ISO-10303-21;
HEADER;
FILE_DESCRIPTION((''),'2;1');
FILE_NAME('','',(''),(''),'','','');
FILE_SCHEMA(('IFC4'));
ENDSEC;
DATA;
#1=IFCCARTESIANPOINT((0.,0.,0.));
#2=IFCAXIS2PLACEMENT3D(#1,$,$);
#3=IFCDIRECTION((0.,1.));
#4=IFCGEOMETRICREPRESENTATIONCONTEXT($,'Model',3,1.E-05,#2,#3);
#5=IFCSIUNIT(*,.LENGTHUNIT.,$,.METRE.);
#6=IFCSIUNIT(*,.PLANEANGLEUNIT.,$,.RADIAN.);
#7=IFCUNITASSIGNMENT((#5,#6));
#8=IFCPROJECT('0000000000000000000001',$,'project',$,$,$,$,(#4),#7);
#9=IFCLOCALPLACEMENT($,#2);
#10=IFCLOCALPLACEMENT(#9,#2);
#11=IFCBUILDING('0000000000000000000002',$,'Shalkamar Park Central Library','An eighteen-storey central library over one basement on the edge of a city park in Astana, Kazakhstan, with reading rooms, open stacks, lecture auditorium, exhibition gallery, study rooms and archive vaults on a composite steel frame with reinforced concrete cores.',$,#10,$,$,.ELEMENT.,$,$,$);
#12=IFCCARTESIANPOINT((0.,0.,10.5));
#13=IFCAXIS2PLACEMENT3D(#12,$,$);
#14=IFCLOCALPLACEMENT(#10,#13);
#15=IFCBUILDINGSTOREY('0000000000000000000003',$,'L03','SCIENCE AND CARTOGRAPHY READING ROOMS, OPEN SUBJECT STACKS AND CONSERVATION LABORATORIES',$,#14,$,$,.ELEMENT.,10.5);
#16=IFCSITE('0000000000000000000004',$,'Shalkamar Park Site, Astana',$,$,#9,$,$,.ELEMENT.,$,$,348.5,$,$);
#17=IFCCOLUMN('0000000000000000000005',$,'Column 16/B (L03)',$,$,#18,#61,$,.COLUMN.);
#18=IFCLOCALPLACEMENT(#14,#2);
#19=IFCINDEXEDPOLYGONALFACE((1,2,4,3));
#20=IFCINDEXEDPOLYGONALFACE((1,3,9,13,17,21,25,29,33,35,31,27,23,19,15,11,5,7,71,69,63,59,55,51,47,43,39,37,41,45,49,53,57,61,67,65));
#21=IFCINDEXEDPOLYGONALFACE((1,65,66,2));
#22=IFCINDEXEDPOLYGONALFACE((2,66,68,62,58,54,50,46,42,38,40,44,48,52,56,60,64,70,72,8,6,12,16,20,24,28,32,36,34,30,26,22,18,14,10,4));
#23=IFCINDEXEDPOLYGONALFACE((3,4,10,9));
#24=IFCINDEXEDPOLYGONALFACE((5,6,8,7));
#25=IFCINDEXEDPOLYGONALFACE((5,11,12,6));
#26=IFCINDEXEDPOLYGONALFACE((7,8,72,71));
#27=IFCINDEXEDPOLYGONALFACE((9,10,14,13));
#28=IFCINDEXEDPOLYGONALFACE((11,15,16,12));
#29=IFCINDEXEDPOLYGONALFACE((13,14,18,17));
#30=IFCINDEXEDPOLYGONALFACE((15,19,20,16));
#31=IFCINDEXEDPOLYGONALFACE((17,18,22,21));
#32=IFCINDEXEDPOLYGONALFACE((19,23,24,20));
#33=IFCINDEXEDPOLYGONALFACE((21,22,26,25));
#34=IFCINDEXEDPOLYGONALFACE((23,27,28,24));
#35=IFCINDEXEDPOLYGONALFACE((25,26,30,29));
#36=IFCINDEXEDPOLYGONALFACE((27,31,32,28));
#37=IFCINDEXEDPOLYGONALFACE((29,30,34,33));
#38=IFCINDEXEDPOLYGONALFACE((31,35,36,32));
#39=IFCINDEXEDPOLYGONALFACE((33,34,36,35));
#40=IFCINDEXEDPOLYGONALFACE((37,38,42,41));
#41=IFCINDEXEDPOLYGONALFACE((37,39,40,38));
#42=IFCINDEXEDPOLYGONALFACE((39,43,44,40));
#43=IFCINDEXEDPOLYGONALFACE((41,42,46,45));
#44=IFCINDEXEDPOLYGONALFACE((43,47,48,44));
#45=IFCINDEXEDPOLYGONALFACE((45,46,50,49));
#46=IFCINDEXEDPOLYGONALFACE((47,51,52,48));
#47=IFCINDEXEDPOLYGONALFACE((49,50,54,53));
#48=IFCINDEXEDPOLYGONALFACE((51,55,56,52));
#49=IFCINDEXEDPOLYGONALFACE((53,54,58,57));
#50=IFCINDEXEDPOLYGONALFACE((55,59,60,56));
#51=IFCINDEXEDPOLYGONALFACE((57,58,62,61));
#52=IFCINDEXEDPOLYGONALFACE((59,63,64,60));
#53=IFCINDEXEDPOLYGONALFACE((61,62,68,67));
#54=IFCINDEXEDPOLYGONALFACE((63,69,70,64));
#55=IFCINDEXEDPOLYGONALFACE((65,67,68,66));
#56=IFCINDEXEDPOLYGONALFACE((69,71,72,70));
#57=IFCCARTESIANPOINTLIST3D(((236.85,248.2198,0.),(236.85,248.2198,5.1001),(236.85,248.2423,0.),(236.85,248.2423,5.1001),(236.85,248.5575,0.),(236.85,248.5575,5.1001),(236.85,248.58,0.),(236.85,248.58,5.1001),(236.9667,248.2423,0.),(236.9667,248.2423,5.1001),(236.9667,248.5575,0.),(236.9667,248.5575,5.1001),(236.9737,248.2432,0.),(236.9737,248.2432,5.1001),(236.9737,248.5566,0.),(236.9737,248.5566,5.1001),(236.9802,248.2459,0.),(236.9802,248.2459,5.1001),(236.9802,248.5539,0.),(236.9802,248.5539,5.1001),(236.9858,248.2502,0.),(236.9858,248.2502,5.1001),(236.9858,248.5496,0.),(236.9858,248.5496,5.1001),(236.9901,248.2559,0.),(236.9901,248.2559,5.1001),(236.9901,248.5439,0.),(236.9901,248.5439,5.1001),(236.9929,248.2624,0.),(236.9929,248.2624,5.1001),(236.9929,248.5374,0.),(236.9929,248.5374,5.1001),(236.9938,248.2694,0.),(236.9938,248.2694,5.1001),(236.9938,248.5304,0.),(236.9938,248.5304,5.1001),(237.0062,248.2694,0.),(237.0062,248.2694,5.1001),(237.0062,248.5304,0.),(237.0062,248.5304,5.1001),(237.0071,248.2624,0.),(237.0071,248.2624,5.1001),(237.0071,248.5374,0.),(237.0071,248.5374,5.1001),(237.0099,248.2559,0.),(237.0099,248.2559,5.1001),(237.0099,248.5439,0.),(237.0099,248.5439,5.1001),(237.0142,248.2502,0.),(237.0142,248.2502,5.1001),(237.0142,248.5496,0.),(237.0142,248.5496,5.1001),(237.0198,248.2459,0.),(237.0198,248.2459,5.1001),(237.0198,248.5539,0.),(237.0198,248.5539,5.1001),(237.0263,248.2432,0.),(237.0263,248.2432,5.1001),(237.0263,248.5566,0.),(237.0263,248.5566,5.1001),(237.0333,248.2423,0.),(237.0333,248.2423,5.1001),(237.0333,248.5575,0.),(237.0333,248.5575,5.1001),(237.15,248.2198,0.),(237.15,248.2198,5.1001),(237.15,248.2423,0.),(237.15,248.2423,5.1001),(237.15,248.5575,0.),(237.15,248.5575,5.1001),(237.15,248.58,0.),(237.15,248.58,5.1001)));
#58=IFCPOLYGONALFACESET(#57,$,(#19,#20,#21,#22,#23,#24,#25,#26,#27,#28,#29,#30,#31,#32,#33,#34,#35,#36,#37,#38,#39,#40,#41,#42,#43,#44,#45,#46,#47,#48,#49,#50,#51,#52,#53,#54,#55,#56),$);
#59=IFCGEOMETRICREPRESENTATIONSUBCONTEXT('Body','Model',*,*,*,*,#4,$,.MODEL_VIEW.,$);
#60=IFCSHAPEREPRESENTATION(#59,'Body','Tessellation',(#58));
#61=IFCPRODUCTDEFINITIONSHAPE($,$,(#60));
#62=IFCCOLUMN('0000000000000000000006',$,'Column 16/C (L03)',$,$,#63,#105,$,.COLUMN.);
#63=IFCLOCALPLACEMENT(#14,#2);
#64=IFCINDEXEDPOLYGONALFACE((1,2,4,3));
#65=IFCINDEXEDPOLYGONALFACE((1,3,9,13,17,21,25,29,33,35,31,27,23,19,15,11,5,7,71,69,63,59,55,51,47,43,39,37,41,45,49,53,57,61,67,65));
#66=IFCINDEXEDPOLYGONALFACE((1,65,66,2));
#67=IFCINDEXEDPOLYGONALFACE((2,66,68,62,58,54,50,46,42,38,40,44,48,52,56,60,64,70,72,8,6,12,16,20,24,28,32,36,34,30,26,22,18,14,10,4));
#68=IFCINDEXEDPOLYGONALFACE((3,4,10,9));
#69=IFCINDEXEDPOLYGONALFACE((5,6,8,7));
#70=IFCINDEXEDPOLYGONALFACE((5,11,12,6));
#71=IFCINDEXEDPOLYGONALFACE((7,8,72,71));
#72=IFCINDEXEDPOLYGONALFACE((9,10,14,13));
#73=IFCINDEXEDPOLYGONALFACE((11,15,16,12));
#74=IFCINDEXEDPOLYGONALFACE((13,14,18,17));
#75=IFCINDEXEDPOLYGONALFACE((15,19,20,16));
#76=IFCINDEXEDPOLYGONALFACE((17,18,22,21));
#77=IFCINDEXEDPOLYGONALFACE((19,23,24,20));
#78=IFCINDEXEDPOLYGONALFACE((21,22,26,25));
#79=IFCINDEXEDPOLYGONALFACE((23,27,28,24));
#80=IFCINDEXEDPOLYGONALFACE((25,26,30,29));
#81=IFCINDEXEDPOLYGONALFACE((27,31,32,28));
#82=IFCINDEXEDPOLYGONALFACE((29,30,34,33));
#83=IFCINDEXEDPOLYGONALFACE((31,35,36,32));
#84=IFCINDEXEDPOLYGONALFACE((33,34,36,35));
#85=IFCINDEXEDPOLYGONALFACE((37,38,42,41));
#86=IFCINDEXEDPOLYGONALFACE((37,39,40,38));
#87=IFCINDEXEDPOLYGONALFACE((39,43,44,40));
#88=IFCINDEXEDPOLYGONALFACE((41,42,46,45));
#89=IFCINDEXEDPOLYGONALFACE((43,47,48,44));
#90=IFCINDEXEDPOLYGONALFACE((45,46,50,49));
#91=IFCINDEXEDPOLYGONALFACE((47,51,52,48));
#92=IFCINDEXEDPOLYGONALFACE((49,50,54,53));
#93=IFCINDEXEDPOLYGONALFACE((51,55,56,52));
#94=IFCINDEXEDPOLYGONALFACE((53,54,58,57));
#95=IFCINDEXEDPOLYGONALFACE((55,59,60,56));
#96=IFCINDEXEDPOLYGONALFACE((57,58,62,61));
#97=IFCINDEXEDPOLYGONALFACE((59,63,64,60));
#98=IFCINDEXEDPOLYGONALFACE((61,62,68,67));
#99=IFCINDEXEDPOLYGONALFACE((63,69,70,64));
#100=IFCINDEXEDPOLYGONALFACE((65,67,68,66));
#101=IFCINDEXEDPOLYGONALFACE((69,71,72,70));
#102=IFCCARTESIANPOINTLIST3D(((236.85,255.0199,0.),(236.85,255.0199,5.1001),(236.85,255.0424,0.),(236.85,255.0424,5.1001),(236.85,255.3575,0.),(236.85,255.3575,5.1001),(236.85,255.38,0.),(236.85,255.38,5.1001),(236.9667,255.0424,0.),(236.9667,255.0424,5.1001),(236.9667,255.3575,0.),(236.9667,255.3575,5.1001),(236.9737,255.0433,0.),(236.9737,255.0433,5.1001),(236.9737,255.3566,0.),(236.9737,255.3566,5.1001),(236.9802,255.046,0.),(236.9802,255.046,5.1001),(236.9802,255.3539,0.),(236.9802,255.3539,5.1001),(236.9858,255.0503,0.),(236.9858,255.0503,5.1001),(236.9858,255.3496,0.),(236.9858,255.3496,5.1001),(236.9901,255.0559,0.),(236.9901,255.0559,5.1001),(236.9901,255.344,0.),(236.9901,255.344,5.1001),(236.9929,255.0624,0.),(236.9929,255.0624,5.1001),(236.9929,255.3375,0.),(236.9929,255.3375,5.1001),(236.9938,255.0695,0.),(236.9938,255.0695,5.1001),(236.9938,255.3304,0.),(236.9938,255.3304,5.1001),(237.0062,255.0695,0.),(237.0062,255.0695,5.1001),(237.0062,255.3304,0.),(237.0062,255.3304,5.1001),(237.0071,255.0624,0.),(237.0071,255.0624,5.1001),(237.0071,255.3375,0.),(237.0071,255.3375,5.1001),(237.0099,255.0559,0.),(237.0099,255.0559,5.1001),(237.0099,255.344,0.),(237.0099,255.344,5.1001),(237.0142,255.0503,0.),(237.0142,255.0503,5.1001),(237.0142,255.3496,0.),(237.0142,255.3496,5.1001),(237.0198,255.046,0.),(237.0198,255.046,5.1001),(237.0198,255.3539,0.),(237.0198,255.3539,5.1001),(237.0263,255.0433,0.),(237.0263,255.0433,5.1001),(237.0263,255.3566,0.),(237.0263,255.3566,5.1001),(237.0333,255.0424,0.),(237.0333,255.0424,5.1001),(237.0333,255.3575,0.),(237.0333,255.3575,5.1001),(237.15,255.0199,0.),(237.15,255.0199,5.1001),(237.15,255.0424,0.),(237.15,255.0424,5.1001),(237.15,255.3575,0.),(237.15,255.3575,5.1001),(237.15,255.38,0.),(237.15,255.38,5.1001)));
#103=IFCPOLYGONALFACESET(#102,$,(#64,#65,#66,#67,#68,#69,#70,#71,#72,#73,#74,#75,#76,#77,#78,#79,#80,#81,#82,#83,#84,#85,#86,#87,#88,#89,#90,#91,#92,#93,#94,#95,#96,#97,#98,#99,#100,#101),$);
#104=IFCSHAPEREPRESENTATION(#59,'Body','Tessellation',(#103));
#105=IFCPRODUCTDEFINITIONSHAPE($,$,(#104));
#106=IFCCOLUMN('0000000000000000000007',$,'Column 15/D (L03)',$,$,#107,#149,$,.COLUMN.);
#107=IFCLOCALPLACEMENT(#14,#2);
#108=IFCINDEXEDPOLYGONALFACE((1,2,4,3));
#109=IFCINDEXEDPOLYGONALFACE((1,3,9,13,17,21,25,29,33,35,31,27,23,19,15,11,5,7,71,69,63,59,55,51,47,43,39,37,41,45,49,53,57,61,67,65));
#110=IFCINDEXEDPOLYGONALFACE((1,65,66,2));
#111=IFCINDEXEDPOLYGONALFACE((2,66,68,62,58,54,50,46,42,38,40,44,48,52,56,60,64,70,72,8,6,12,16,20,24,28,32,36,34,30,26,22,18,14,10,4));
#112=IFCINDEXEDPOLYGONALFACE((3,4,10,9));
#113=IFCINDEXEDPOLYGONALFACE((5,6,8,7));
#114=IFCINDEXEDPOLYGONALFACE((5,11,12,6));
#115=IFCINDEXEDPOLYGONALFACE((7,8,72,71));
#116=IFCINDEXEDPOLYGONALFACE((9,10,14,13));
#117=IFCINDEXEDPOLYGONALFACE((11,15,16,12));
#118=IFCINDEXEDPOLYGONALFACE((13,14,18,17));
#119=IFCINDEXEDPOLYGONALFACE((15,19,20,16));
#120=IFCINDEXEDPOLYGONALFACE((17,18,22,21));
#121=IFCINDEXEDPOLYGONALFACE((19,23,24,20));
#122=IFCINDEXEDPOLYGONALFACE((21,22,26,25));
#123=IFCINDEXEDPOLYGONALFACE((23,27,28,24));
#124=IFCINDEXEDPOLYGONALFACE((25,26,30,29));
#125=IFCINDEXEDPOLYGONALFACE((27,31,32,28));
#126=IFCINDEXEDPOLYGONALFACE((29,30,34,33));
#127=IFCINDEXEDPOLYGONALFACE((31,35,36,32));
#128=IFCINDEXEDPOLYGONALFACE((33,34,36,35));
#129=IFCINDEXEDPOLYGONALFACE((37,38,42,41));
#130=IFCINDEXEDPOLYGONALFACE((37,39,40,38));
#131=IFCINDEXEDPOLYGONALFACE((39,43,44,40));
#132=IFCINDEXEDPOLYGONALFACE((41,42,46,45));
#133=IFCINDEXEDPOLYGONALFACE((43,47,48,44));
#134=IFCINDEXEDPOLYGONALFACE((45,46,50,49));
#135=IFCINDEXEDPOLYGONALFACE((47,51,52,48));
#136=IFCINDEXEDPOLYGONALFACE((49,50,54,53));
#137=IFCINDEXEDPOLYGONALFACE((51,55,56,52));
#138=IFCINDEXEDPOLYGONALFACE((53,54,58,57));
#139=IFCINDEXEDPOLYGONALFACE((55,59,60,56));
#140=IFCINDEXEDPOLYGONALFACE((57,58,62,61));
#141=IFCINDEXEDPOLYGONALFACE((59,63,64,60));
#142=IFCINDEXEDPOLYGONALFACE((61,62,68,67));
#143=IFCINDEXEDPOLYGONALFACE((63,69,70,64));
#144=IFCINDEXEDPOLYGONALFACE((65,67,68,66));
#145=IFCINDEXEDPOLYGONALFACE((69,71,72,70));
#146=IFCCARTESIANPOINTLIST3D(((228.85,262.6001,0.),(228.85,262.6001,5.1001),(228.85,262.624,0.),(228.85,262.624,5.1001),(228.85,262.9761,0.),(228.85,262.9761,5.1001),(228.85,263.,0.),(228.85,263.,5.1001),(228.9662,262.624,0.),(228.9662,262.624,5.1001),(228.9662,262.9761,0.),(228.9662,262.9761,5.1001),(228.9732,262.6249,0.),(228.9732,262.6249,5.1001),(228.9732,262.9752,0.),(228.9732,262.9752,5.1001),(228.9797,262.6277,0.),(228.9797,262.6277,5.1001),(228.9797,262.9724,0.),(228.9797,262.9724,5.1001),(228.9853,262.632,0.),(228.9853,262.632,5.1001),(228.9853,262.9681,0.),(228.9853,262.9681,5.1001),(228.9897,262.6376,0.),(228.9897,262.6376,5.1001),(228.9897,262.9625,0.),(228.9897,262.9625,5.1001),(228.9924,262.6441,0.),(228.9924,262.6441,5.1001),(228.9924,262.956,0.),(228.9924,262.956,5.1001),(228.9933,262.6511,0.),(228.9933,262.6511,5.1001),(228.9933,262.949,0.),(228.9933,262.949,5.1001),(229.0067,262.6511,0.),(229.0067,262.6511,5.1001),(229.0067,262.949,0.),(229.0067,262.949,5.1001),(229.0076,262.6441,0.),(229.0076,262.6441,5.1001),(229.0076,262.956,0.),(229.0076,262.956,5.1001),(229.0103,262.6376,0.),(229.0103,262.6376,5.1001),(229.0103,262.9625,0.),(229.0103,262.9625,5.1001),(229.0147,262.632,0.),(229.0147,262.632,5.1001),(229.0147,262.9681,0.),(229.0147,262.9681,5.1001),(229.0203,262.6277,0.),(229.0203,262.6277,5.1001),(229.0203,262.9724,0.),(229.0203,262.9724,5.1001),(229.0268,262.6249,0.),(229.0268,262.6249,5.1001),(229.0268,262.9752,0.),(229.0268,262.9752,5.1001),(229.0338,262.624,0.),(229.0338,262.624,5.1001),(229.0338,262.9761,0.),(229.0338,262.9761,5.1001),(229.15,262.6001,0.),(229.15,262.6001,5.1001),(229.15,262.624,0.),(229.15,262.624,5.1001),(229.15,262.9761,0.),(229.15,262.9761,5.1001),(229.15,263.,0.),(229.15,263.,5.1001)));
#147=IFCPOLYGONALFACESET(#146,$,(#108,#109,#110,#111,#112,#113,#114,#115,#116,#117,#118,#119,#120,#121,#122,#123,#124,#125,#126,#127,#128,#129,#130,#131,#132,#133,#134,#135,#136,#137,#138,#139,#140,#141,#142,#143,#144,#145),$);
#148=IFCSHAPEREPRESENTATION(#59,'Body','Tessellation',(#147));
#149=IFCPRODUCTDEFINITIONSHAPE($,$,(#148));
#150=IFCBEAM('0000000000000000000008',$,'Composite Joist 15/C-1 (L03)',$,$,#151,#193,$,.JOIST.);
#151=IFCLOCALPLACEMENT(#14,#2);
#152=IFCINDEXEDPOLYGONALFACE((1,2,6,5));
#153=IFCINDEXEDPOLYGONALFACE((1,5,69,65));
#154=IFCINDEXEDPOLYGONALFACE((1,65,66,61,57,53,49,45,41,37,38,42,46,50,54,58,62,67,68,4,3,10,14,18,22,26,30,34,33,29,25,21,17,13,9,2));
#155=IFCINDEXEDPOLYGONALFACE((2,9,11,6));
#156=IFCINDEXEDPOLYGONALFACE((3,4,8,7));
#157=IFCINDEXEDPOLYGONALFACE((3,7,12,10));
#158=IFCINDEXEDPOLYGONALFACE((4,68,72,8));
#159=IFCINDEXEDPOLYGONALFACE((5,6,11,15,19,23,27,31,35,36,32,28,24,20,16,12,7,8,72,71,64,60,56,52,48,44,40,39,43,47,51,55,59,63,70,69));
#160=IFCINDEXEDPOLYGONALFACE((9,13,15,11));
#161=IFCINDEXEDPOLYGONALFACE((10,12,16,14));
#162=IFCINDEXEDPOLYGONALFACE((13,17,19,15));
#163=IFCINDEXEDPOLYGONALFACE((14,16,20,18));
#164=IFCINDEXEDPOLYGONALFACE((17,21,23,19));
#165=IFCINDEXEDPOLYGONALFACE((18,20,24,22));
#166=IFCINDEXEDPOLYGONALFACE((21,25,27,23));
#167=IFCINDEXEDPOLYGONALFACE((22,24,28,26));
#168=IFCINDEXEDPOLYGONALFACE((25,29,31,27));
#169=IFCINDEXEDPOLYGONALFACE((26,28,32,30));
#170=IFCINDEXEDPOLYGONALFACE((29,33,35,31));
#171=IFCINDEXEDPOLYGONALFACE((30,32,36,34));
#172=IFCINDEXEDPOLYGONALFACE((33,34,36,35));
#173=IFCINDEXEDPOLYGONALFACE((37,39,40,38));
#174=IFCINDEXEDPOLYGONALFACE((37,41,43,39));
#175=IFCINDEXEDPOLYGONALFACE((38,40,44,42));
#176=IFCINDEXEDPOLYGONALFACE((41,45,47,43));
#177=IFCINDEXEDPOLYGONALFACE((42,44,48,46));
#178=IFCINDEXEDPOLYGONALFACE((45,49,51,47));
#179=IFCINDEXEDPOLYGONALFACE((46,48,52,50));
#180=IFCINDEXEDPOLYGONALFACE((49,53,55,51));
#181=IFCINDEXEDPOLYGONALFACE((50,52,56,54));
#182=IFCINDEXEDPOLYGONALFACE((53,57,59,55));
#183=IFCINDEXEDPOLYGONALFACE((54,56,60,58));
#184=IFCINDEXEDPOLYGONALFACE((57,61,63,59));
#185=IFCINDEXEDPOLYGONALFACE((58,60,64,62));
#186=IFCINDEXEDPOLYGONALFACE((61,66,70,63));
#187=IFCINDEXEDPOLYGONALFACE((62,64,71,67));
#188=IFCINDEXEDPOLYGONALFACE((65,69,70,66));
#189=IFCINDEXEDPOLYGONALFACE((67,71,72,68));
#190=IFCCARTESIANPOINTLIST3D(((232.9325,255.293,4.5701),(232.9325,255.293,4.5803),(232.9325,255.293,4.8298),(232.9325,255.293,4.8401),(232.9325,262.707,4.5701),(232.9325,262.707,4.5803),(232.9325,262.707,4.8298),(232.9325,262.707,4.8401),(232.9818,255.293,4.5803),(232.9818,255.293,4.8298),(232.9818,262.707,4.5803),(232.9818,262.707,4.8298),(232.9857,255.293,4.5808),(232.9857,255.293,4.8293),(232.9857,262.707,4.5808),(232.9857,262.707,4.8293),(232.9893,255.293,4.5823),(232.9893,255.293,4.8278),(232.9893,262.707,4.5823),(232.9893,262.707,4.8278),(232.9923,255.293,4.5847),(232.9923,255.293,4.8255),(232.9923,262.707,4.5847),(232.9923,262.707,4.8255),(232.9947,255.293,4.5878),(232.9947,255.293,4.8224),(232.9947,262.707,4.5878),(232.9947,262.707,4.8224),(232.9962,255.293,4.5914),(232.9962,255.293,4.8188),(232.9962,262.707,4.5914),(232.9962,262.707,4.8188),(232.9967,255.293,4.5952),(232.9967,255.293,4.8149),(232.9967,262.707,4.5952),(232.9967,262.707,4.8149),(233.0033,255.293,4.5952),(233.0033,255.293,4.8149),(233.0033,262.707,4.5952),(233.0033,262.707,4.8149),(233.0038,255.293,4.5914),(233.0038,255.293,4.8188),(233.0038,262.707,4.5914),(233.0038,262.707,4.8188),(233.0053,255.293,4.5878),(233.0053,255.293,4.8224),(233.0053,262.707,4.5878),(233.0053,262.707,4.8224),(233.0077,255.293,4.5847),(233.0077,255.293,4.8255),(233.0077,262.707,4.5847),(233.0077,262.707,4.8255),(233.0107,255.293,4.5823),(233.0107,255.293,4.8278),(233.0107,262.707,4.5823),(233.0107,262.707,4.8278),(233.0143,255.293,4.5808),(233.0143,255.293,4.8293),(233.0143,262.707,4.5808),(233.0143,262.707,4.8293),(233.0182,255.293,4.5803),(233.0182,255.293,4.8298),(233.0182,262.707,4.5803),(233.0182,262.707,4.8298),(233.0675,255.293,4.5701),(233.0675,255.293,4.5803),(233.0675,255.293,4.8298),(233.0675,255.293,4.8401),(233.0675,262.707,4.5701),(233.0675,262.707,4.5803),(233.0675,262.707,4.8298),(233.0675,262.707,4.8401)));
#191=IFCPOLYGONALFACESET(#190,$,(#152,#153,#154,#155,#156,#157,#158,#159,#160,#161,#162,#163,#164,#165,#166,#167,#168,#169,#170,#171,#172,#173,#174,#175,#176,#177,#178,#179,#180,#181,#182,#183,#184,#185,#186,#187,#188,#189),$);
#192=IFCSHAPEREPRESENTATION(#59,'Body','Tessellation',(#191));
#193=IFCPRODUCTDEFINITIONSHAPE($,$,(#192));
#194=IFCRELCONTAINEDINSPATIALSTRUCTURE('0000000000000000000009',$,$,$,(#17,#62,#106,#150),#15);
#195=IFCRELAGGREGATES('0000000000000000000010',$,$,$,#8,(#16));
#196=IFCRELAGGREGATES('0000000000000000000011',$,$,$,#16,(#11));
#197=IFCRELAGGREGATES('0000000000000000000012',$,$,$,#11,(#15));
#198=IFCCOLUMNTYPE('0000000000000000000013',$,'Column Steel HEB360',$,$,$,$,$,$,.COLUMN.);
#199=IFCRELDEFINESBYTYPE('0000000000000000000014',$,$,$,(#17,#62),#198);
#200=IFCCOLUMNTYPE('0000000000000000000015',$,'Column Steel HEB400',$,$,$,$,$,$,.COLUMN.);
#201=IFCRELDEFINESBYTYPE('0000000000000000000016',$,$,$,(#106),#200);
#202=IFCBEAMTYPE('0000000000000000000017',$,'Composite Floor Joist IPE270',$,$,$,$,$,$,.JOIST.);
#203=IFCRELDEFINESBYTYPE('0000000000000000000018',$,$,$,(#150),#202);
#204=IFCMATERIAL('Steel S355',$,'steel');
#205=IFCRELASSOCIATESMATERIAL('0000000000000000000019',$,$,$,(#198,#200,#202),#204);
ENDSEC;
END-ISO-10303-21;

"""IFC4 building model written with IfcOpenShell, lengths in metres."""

from ifc_helpers import new_model, si_unit, direction, frame, origin, origin_2d, place, context, subcontext, project, spatial, i_section, extrude, material, material_profile, profile_set, type_object, element, save


model = new_model("IFC4")

# Units and contexts
model_context = context("Model", 3, precision=1e-05, world=origin(), true_north=direction((0.0, 1.0)))
body_context = subcontext(model_context, "Body", "Model", "MODEL_VIEW")
ifc_project = project(units=[si_unit("LENGTHUNIT", "METRE"), si_unit("PLANEANGLEUNIT", "RADIAN")], contexts=[model_context])

# Site, building, storey
site_placement = place(None, origin())
site = spatial("IfcSite", under=ifc_project, at=site_placement, Name="Shalkamar Park Site, Astana", CompositionType="ELEMENT", RefElevation=348.5)
building_placement = place(site_placement, origin())
building = spatial("IfcBuilding", under=site, at=building_placement, Name="Shalkamar Park Central Library", Description="An eighteen-storey central library over one basement on the edge of a city park in Astana, Kazakhstan, with reading rooms, open stacks, lecture auditorium, exhibition gallery, study rooms and archive vaults on a composite steel frame with reinforced concrete cores.", CompositionType="ELEMENT")
storey_placement = place(building_placement, frame((0.0, 0.0, 10.5)))
storey = spatial("IfcBuildingStorey", under=building, at=storey_placement, Name="L03", Description="SCIENCE AND CARTOGRAPHY READING ROOMS, OPEN SUBJECT STACKS AND CONSERVATION LABORATORIES", CompositionType="ELEMENT", Elevation=10.5)

# Columns
ifc_material_1 = material(Name="Steel S355", Category="steel")
ifc_material_profile_1 = material_profile(ifc_material_1, i_section(OverallWidth=0.3, OverallDepth=0.3601, WebThickness=0.0125, FlangeThickness=0.0225, FilletRadius=0.0271, at=origin_2d()), Name="HEB 360")
ifc_profile_set_1 = profile_set([ifc_material_profile_1], Name="Steel S355")
column_type_1 = type_object("IfcColumnType", Name="Column Steel HEB360", PredefinedType="COLUMN", material=ifc_profile_set_1)
for number, where, z_axis, x_axis, name in (
    (1, (237.0, 248.3999, 0.0), (0.0, 0.0, 1.0), (1.0, 0.0, 0.0), "Column 16/B (L03)"),
    (2, (237.0, 255.2, 0.0), (0.0, 0.0, 1.0), (1.0, 0.0, 0.0), "Column 16/C (L03)"),
):
    element("IfcColumn", number, at=place(storey_placement, frame(where, z_axis=z_axis, x_axis=x_axis)), inside=storey, type_object=column_type_1, Name=name, PredefinedType="COLUMN", context=body_context, shape_type="SweptSolid", body=[
        extrude(i_section(OverallWidth=0.3, OverallDepth=0.3601, WebThickness=0.0125, FlangeThickness=0.0225, FilletRadius=0.0271, at=origin_2d()), origin(), (0.0, 0.0, 1.0), 5.1001),
    ])
ifc_material_profile_2 = material_profile(ifc_material_1, i_section(OverallWidth=0.3, OverallDepth=0.3999, WebThickness=0.0134, FlangeThickness=0.0239, FilletRadius=0.0271, at=origin_2d()), Name="HEB 400")
ifc_profile_set_2 = profile_set([ifc_material_profile_2], Name="Steel S355")
column_type_2 = type_object("IfcColumnType", Name="Column Steel HEB400", PredefinedType="COLUMN", material=ifc_profile_set_2)
column_placement = place(storey_placement, frame((229.0, 262.8, 0.0), z_axis=(0.0, 0.0, 1.0), x_axis=(1.0, 0.0, 0.0)))
element("IfcColumn", 3, at=column_placement, inside=storey, type_object=column_type_2, Name="Column 15/D (L03)", PredefinedType="COLUMN", context=body_context, shape_type="SweptSolid", body=[
    extrude(i_section(OverallWidth=0.3, OverallDepth=0.3999, WebThickness=0.0134, FlangeThickness=0.0239, FilletRadius=0.0271, at=origin_2d()), origin(), (0.0, 0.0, 1.0), 5.1001),
])

# Beam
ifc_material_profile_3 = material_profile(ifc_material_1, i_section(OverallWidth=0.135, OverallDepth=0.27, WebThickness=0.0066, FlangeThickness=0.0103, FilletRadius=0.0149, at=origin_2d()), Name="IPE 270")
ifc_profile_set_3 = profile_set([ifc_material_profile_3], Name="Steel S355")
beam_type_1 = type_object("IfcBeamType", Name="Composite Floor Joist IPE270", PredefinedType="JOIST", material=ifc_profile_set_3)
beam_1_placement = place(storey_placement, frame((233.0, 255.293, 4.7051), z_axis=(0.0, 1.0, 0.0), x_axis=(-1.0, 0.0, 0.0)))
element("IfcBeam", 4, at=beam_1_placement, inside=storey, type_object=beam_type_1, Name="Composite Joist 15/C-1 (L03)", PredefinedType="JOIST", context=body_context, shape_type="SweptSolid", body=[
    extrude(i_section(OverallWidth=0.135, OverallDepth=0.27, WebThickness=0.0066, FlangeThickness=0.0103, FilletRadius=0.0149, at=origin_2d()), origin(), (0.0, 0.0, 1.0), 7.4141),
])

save(model, "model.ifc")
